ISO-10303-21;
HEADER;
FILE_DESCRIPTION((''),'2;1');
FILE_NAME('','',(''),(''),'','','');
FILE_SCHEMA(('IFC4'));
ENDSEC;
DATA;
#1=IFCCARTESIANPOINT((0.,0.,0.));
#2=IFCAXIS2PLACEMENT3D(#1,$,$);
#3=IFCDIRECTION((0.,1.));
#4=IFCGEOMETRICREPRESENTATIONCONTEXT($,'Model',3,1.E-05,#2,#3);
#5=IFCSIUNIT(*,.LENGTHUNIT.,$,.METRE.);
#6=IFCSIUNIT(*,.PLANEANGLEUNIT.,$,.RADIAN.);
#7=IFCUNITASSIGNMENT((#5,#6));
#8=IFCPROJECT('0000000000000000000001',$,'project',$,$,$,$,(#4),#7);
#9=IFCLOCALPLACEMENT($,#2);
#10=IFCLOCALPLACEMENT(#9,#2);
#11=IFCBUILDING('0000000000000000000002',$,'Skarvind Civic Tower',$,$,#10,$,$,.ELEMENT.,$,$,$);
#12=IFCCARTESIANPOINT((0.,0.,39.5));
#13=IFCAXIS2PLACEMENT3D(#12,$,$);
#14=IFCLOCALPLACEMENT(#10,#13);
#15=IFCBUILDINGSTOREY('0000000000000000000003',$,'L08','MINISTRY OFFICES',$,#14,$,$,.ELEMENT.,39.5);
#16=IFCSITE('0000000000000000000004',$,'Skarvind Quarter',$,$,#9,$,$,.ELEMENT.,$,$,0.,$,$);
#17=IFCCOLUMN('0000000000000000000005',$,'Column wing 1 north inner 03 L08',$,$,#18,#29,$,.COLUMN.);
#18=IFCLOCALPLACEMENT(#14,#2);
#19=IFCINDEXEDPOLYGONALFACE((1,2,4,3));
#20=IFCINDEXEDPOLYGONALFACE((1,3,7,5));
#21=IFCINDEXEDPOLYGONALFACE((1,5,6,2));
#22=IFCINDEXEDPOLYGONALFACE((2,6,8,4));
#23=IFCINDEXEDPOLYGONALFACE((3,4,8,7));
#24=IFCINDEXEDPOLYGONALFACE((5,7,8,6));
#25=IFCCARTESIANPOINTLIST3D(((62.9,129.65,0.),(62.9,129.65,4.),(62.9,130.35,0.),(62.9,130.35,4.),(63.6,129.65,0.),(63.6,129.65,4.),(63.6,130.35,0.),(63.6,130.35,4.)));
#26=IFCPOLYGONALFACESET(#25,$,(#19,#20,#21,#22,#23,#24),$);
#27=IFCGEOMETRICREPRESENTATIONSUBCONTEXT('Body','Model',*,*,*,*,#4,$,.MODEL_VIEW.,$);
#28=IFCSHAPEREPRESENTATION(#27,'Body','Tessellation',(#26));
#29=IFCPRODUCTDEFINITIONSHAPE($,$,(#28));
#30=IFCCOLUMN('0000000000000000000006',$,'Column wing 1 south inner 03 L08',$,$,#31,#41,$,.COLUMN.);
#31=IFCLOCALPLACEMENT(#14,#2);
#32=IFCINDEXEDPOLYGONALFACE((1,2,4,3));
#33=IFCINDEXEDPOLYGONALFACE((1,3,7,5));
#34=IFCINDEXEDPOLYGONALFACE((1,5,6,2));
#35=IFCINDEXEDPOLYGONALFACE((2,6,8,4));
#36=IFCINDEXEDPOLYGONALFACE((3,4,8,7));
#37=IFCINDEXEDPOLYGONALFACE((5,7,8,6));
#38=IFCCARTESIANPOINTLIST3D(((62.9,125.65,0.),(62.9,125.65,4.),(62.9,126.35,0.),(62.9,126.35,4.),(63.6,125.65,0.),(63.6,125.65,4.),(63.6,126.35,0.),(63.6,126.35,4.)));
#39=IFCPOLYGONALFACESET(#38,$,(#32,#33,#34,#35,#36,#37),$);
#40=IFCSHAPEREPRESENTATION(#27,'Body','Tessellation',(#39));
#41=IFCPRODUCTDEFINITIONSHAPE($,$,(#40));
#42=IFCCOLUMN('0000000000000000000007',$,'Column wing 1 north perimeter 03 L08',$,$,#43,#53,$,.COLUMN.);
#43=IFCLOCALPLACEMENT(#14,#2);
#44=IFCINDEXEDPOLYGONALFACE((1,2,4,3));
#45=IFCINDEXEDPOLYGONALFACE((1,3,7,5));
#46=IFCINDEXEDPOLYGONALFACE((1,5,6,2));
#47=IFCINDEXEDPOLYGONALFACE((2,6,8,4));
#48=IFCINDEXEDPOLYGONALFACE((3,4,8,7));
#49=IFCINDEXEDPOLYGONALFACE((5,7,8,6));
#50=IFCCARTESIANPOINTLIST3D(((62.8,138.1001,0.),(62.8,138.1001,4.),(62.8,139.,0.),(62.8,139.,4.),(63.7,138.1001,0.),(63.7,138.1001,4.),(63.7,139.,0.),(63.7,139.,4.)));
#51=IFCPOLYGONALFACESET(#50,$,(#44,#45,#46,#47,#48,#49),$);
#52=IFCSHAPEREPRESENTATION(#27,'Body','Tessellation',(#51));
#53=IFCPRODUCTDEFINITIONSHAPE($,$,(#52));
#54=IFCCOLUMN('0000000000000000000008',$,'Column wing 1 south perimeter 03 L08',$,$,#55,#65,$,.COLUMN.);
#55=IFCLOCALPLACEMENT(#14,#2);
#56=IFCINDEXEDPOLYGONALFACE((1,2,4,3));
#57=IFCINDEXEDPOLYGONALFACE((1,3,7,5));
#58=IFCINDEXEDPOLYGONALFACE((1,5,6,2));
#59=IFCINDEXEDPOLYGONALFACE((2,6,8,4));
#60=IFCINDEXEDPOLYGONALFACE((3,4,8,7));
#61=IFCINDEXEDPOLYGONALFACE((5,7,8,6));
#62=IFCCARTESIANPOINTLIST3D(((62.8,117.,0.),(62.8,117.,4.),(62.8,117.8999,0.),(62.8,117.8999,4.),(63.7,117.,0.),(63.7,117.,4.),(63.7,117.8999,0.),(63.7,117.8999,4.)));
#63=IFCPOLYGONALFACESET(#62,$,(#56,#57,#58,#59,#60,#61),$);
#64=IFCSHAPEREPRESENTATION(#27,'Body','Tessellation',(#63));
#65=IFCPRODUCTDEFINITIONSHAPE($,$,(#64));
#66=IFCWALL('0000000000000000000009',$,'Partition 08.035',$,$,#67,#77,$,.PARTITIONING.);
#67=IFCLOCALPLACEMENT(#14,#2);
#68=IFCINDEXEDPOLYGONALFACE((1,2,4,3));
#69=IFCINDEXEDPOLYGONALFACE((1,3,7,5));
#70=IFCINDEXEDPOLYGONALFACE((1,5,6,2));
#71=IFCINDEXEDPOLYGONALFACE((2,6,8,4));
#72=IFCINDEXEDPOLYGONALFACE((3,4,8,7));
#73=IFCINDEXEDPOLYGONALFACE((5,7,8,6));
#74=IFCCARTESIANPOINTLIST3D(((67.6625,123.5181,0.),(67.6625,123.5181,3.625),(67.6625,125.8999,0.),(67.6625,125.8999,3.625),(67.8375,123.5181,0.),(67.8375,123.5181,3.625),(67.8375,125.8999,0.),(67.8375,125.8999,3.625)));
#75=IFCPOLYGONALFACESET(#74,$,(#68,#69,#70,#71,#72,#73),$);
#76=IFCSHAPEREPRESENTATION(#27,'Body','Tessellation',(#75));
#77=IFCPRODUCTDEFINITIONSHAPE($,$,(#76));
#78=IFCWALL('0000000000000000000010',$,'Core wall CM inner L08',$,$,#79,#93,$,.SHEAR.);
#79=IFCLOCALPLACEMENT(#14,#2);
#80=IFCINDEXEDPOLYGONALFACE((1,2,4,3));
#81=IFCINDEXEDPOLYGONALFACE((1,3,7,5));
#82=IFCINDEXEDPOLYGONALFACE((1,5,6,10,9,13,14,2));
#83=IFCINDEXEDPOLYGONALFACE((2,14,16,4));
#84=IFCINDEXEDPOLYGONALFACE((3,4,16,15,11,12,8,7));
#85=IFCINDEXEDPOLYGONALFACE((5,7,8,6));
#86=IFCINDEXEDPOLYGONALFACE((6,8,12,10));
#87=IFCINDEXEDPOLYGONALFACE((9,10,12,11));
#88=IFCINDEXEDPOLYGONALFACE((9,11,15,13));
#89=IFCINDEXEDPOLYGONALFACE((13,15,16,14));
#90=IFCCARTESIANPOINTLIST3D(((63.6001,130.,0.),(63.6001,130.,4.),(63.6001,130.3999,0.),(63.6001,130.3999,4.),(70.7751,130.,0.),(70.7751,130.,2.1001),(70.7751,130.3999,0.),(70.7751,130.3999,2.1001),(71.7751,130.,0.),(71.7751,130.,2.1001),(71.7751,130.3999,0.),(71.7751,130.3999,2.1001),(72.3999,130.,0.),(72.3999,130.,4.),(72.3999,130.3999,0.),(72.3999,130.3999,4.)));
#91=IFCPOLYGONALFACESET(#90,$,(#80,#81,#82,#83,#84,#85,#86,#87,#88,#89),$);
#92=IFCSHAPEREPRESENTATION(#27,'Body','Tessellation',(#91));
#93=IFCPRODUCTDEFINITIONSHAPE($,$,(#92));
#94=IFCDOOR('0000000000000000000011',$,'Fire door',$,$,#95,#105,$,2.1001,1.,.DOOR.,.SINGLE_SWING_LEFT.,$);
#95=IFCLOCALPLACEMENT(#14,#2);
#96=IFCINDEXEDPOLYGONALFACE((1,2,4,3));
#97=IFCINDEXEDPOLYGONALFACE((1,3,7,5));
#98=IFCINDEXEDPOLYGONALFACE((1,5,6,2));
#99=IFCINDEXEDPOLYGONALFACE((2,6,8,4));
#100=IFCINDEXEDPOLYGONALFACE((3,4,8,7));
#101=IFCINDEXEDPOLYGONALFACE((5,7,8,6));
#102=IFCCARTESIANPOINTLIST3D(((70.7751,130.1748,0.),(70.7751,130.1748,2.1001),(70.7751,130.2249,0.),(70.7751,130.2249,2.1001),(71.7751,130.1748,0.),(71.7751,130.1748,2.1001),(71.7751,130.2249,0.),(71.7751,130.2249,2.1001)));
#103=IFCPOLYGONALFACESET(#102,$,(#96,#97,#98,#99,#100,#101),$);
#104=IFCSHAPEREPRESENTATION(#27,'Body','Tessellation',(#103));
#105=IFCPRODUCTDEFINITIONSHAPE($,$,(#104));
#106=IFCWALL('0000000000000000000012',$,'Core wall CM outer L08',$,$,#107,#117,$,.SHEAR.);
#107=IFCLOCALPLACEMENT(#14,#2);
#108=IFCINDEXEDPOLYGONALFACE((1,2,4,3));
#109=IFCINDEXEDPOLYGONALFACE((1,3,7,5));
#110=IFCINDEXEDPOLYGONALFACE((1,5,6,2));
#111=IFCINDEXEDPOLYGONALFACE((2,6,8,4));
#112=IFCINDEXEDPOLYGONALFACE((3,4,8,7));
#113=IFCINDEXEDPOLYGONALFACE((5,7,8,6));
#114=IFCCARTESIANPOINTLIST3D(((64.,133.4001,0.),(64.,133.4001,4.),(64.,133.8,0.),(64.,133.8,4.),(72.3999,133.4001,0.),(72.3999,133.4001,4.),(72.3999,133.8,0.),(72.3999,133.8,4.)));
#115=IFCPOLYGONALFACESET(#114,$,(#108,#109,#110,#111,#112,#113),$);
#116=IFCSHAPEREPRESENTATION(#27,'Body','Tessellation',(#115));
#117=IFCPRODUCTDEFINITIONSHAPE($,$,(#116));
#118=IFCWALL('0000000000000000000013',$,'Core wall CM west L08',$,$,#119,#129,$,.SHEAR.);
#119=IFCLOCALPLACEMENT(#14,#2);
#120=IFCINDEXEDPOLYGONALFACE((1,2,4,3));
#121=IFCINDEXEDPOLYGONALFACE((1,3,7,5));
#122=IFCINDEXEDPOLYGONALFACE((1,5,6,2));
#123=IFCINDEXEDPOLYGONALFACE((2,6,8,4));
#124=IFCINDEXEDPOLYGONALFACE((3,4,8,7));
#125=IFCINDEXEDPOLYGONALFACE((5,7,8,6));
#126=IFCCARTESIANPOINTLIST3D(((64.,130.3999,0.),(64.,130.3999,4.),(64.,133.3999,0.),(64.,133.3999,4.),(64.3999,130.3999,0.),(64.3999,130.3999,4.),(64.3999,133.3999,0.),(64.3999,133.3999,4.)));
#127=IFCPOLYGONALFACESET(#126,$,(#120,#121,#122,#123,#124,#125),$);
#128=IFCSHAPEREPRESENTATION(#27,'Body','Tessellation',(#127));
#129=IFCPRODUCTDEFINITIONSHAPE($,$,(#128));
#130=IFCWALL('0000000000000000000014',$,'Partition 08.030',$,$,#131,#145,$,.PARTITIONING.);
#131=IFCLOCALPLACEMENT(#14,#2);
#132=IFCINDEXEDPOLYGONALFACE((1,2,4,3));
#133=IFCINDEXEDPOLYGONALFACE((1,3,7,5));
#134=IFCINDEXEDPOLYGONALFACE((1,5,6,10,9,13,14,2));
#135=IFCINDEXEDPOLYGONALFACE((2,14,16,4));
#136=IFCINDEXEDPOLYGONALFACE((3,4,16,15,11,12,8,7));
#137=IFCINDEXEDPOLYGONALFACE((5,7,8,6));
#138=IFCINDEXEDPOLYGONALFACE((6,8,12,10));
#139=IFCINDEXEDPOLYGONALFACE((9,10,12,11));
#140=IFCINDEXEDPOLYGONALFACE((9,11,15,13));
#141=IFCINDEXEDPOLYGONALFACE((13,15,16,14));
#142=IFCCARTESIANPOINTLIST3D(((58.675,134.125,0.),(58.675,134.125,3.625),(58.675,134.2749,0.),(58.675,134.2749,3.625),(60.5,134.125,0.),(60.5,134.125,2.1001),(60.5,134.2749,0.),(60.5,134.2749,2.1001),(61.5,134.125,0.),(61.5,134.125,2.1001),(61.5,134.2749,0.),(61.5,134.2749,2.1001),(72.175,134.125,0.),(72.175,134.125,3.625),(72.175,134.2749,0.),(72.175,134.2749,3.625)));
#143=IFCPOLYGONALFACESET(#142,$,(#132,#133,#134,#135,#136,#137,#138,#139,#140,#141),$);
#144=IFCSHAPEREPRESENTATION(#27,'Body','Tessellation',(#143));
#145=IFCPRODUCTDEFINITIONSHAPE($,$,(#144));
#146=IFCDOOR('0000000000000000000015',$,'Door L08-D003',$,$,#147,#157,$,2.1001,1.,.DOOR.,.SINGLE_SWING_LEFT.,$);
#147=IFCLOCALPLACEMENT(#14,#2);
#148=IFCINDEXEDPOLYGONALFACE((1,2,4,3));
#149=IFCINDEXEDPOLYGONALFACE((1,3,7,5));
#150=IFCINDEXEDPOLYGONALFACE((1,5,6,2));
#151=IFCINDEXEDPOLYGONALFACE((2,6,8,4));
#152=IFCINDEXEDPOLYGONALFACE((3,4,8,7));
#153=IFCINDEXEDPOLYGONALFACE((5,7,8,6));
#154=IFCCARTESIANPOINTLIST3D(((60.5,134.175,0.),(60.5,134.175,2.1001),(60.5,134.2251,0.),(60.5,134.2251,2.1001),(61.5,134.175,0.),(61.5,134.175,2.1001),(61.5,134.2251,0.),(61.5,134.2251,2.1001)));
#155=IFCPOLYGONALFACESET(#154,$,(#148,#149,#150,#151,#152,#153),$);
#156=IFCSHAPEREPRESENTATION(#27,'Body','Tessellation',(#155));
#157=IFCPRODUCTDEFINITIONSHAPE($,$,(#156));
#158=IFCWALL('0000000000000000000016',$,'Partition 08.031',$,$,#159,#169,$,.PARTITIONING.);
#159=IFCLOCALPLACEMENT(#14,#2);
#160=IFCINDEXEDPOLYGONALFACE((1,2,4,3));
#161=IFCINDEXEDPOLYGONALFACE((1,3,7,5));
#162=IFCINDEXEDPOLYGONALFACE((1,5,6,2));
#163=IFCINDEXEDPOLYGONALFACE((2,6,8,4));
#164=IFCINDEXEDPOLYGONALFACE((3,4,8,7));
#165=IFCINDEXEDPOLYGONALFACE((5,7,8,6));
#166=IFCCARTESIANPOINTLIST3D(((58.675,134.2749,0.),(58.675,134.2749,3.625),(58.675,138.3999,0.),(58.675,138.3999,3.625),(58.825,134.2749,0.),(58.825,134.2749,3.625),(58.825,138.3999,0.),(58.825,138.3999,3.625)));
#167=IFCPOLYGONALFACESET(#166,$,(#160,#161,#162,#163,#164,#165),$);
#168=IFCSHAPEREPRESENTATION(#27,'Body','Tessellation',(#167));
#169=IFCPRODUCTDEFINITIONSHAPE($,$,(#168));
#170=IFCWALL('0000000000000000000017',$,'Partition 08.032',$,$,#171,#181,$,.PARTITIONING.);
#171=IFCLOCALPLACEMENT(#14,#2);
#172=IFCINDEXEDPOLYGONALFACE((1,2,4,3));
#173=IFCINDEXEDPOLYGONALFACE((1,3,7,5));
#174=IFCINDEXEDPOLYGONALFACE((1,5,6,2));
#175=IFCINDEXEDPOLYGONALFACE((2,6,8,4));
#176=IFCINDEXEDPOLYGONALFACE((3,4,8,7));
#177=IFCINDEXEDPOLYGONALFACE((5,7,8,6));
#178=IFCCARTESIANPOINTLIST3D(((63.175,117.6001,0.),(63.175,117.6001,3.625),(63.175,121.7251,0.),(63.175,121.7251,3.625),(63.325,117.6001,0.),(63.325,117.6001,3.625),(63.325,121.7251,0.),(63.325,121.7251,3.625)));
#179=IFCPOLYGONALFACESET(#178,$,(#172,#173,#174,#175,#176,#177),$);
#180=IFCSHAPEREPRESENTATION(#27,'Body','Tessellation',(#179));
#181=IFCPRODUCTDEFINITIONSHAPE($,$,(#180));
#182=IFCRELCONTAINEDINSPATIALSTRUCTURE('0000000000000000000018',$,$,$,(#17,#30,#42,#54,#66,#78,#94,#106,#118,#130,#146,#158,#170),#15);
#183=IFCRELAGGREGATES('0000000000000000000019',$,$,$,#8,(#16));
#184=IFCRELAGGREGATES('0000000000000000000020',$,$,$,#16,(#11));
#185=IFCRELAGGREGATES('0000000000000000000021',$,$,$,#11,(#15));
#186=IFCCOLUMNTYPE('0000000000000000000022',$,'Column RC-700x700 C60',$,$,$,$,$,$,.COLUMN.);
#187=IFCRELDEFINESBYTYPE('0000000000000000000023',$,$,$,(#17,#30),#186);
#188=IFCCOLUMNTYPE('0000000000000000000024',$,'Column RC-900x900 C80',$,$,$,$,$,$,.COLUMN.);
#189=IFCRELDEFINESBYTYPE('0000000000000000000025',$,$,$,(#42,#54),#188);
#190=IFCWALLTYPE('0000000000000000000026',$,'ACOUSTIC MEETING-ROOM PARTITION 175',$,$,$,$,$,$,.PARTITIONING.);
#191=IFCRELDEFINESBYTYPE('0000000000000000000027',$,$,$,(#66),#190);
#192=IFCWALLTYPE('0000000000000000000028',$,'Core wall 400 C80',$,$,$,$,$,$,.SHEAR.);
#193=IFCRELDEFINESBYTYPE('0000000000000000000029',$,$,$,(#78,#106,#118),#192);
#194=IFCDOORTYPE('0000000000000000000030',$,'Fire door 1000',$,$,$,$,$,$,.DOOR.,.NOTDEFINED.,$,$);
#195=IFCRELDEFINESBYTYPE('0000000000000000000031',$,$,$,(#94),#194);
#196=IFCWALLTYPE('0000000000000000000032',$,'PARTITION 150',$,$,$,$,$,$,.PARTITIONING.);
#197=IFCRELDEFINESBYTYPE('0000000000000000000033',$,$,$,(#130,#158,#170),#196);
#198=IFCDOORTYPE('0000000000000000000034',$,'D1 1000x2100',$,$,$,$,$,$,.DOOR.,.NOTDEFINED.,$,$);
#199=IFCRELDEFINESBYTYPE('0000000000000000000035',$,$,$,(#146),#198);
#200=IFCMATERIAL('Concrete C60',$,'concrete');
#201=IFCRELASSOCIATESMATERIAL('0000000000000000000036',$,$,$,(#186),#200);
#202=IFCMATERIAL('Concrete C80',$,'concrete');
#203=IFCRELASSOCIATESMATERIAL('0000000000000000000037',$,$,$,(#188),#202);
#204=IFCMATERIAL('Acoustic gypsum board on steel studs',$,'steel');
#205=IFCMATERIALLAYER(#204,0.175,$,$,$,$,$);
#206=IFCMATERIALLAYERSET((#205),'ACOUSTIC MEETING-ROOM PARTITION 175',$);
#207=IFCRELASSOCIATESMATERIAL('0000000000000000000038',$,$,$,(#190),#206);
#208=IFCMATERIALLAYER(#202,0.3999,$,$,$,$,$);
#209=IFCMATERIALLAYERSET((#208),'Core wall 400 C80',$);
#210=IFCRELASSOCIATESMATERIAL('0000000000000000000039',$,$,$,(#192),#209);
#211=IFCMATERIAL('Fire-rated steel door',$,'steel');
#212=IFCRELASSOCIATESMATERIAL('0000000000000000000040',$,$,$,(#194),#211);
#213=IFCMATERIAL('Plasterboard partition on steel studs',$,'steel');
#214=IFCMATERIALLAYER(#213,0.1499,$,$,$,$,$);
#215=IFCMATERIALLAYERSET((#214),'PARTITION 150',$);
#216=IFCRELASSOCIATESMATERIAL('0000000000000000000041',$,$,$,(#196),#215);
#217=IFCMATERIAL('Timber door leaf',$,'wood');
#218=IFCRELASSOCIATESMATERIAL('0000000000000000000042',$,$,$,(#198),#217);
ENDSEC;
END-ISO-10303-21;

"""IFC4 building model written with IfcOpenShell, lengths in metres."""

from ifc_helpers import new_model, si_unit, direction, frame, frame_2d, origin, origin_2d, place, context, subcontext, project, spatial, rectangle, extrude, material, layer, layer_set, material_profile, profile_set, type_object, element, fill, save


model = new_model("IFC4")

# Units and contexts
model_context = context("Model", 3, precision=1e-05, world=origin(), true_north=direction((0.0, 1.0)))
body_context = subcontext(model_context, "Body", "Model", "MODEL_VIEW")
ifc_project = project(units=[si_unit("LENGTHUNIT", "METRE"), si_unit("PLANEANGLEUNIT", "RADIAN")], contexts=[model_context])

# Site, building, storey
site_placement = place(None, origin())
site = spatial("IfcSite", under=ifc_project, at=site_placement, Name="Skarvind Quarter", CompositionType="ELEMENT", RefElevation=0.0)
building_placement = place(site_placement, origin())
building = spatial("IfcBuilding", under=site, at=building_placement, Name="Skarvind Civic Tower", CompositionType="ELEMENT")
storey_placement = place(building_placement, frame((0.0, 0.0, 39.5)))
storey = spatial("IfcBuildingStorey", under=building, at=storey_placement, Name="L08", Description="MINISTRY OFFICES", CompositionType="ELEMENT", Elevation=39.5)

# Columns
ifc_material_1 = material(Name="Concrete C60", Category="concrete")
ifc_material_profile_1 = material_profile(ifc_material_1, rectangle(XDim=0.7, YDim=0.7, at=origin_2d()), Name="RC-700x700")
ifc_profile_set_1 = profile_set([ifc_material_profile_1], Name="Concrete C60")
column_type_1 = type_object("IfcColumnType", Name="Column RC-700x700 C60", PredefinedType="COLUMN", material=ifc_profile_set_1)
for number, where, z_axis, x_axis, name in (
    (1, (63.25, 130.0, 0.0), (0.0, 0.0, 1.0), (1.0, 0.0, 0.0), "Column wing 1 north inner 03 L08"),
    (2, (63.25, 126.0, 0.0), (0.0, 0.0, 1.0), (1.0, 0.0, 0.0), "Column wing 1 south inner 03 L08"),
):
    element("IfcColumn", number, at=place(storey_placement, frame(where, z_axis=z_axis, x_axis=x_axis)), inside=storey, type_object=column_type_1, Name=name, PredefinedType="COLUMN", context=body_context, shape_type="SweptSolid", body=[
        extrude(rectangle(XDim=0.7, YDim=0.7, at=origin_2d()), origin(), (0.0, 0.0, 1.0), 4.0),
    ])
ifc_material_2 = material(Name="Concrete C80", Category="concrete")
ifc_material_profile_2 = material_profile(ifc_material_2, rectangle(XDim=0.8999, YDim=0.8999, at=origin_2d()), Name="RC-900x900")
ifc_profile_set_2 = profile_set([ifc_material_profile_2], Name="Concrete C80")
column_type_2 = type_object("IfcColumnType", Name="Column RC-900x900 C80", PredefinedType="COLUMN", material=ifc_profile_set_2)
for number, where, z_axis, x_axis, name in (
    (3, (63.25, 138.55, 0.0), (0.0, 0.0, 1.0), (1.0, 0.0, 0.0), "Column wing 1 north perimeter 03 L08"),
    (4, (63.25, 117.45, 0.0), (0.0, 0.0, 1.0), (1.0, 0.0, 0.0), "Column wing 1 south perimeter 03 L08"),
):
    element("IfcColumn", number, at=place(storey_placement, frame(where, z_axis=z_axis, x_axis=x_axis)), inside=storey, type_object=column_type_2, Name=name, PredefinedType="COLUMN", context=body_context, shape_type="SweptSolid", body=[
        extrude(rectangle(XDim=0.8999, YDim=0.8999, at=origin_2d()), origin(), (0.0, 0.0, 1.0), 4.0),
    ])

# Wall
ifc_material_3 = material(Name="Acoustic gypsum board on steel studs", Category="steel")
ifc_layer_1 = layer(ifc_material_3, 0.175)
ifc_layer_set_1 = layer_set([ifc_layer_1], Name="ACOUSTIC MEETING-ROOM PARTITION 175")
wall_type_1 = type_object("IfcWallType", Name="ACOUSTIC MEETING-ROOM PARTITION 175", PredefinedType="PARTITIONING", material=ifc_layer_set_1)
wall_1_placement = place(storey_placement, frame((67.75, 123.5181, 0.0), z_axis=(0.0, 0.0, 1.0), x_axis=(0.0, 1.0, 0.0)))
element("IfcWall", 5, at=wall_1_placement, inside=storey, type_object=wall_type_1, Name="Partition 08.035", PredefinedType="PARTITIONING", context=body_context, shape_type="SweptSolid", body=[
    extrude(rectangle(XDim=2.3818, YDim=0.175, at=frame_2d((1.1909, 0.0))), origin(), (0.0, 0.0, 1.0), 3.625),
])

# Wall, opening, door
ifc_layer_2 = layer(ifc_material_2, 0.3999)
ifc_layer_set_2 = layer_set([ifc_layer_2], Name="Core wall 400 C80")
wall_type_2 = type_object("IfcWallType", Name="Core wall 400 C80", PredefinedType="SHEAR", material=ifc_layer_set_2)
wall_2_placement = place(storey_placement, frame((63.6001, 130.2, 0.0), z_axis=(0.0, 0.0, 1.0), x_axis=(1.0, 0.0, 0.0)))
wall_2 = element("IfcWall", 6, at=wall_2_placement, inside=storey, type_object=wall_type_2, Name="Core wall CM inner L08", PredefinedType="SHEAR", context=body_context, shape_type="SweptSolid", body=[
    extrude(rectangle(XDim=8.7998, YDim=0.3999, at=frame_2d((4.3999, 0.0))), origin(), (0.0, 0.0, 1.0), 4.0),
])
opening_1_placement = place(wall_2_placement, frame((7.175, 0.0, 0.0)))
opening_1 = element("IfcOpeningElement", 7, at=opening_1_placement, cuts=wall_2, PredefinedType="OPENING", context=body_context, shape_type="SweptSolid", body=[
    extrude(rectangle(XDim=1.0, YDim=2.1001, at=frame_2d((0.5, 1.05))), frame((0.0, 0.21, 0.0), z_axis=(0.0, -1.0, 0.0), x_axis=(1.0, 0.0, 0.0)), (0.0, 0.0, 1.0), 0.4199),
])
ifc_material_4 = material(Name="Fire-rated steel door", Category="steel")
door_type_1 = type_object("IfcDoorType", Name="Fire door 1000", OperationType="NOTDEFINED", PredefinedType="DOOR", material=ifc_material_4)
door_1_placement = place(opening_1_placement, origin())
door_1 = element("IfcDoor", 8, at=door_1_placement, inside=storey, type_object=door_type_1, Name="Fire door", OperationType="SINGLE_SWING_LEFT", OverallHeight=2.1001, OverallWidth=1.0, PredefinedType="DOOR", context=body_context, shape_type="SweptSolid", body=[
    extrude(rectangle(XDim=1.0, YDim=2.1001, at=frame_2d((0.5, 1.05))), frame((0.0, 0.0249, 0.0), z_axis=(0.0, -1.0, 0.0), x_axis=(1.0, 0.0, 0.0)), (0.0, 0.0, 1.0), 0.05),
])
fill(opening_1, door_1)

# Walls
wall_3_placement = place(storey_placement, frame((64.0, 133.6001, 0.0), z_axis=(0.0, 0.0, 1.0), x_axis=(1.0, 0.0, 0.0)))
element("IfcWall", 9, at=wall_3_placement, inside=storey, type_object=wall_type_2, Name="Core wall CM outer L08", PredefinedType="SHEAR", context=body_context, shape_type="SweptSolid", body=[
    extrude(rectangle(XDim=8.3999, YDim=0.3999, at=frame_2d((4.2, 0.0))), origin(), (0.0, 0.0, 1.0), 4.0),
])
wall_4_placement = place(storey_placement, frame((64.2, 130.3999, 0.0), z_axis=(0.0, 0.0, 1.0), x_axis=(0.0, 1.0, 0.0)))
element("IfcWall", 10, at=wall_4_placement, inside=storey, type_object=wall_type_2, Name="Core wall CM west L08", PredefinedType="SHEAR", context=body_context, shape_type="SweptSolid", body=[
    extrude(rectangle(XDim=3.0, YDim=0.3999, at=frame_2d((1.5, 0.0))), origin(), (0.0, 0.0, 1.0), 4.0),
])

# Wall, opening, door
ifc_material_5 = material(Name="Plasterboard partition on steel studs", Category="steel")
ifc_layer_3 = layer(ifc_material_5, 0.1499)
ifc_layer_set_3 = layer_set([ifc_layer_3], Name="PARTITION 150")
wall_type_3 = type_object("IfcWallType", Name="PARTITION 150", PredefinedType="PARTITIONING", material=ifc_layer_set_3)
wall_5_placement = place(storey_placement, frame((72.175, 134.2, 0.0), z_axis=(0.0, 0.0, 1.0), x_axis=(-1.0, 0.0, 0.0)))
wall_5 = element("IfcWall", 11, at=wall_5_placement, inside=storey, type_object=wall_type_3, Name="Partition 08.030", PredefinedType="PARTITIONING", context=body_context, shape_type="SweptSolid", body=[
    extrude(rectangle(XDim=13.5, YDim=0.1499, at=frame_2d((6.75, 0.0))), origin(), (0.0, 0.0, 1.0), 3.625),
])
opening_2_placement = place(wall_5_placement, frame((10.675, 0.0, 0.0)))
opening_2 = element("IfcOpeningElement", 12, at=opening_2_placement, cuts=wall_5, PredefinedType="OPENING", context=body_context, shape_type="SweptSolid", body=[
    extrude(rectangle(XDim=1.0, YDim=2.1001, at=frame_2d((0.5, 1.05))), frame((0.0, 0.085, 0.0), z_axis=(0.0, -1.0, 0.0), x_axis=(1.0, 0.0, 0.0)), (0.0, 0.0, 1.0), 0.1699),
])
ifc_material_6 = material(Name="Timber door leaf", Category="wood")
door_type_2 = type_object("IfcDoorType", Name="D1 1000x2100", OperationType="NOTDEFINED", PredefinedType="DOOR", material=ifc_material_6)
door_2_placement = place(opening_2_placement, origin())
door_2 = element("IfcDoor", 13, at=door_2_placement, inside=storey, type_object=door_type_2, Name="Door L08-D003", OperationType="SINGLE_SWING_LEFT", OverallHeight=2.1001, OverallWidth=1.0, PredefinedType="DOOR", context=body_context, shape_type="SweptSolid", body=[
    extrude(rectangle(XDim=1.0, YDim=2.1001, at=frame_2d((0.5, 1.05))), frame((0.0, 0.0249, 0.0), z_axis=(0.0, -1.0, 0.0), x_axis=(1.0, 0.0, 0.0)), (0.0, 0.0, 1.0), 0.05),
])
fill(opening_2, door_2)

# Walls
for number, where, z_axis, x_axis, name in (
    (14, (58.75, 134.2749, 0.0), (0.0, 0.0, 1.0), (0.0, 1.0, 0.0), "Partition 08.031"),
    (15, (63.25, 117.6001, 0.0), (0.0, 0.0, 1.0), (0.0, 1.0, 0.0), "Partition 08.032"),
):
    element("IfcWall", number, at=place(storey_placement, frame(where, z_axis=z_axis, x_axis=x_axis)), inside=storey, type_object=wall_type_3, Name=name, PredefinedType="PARTITIONING", context=body_context, shape_type="SweptSolid", body=[
        extrude(rectangle(XDim=4.125, YDim=0.1499, at=frame_2d((2.0625, 0.0))), origin(), (0.0, 0.0, 1.0), 3.625),
    ])

save(model, "model.ifc")
